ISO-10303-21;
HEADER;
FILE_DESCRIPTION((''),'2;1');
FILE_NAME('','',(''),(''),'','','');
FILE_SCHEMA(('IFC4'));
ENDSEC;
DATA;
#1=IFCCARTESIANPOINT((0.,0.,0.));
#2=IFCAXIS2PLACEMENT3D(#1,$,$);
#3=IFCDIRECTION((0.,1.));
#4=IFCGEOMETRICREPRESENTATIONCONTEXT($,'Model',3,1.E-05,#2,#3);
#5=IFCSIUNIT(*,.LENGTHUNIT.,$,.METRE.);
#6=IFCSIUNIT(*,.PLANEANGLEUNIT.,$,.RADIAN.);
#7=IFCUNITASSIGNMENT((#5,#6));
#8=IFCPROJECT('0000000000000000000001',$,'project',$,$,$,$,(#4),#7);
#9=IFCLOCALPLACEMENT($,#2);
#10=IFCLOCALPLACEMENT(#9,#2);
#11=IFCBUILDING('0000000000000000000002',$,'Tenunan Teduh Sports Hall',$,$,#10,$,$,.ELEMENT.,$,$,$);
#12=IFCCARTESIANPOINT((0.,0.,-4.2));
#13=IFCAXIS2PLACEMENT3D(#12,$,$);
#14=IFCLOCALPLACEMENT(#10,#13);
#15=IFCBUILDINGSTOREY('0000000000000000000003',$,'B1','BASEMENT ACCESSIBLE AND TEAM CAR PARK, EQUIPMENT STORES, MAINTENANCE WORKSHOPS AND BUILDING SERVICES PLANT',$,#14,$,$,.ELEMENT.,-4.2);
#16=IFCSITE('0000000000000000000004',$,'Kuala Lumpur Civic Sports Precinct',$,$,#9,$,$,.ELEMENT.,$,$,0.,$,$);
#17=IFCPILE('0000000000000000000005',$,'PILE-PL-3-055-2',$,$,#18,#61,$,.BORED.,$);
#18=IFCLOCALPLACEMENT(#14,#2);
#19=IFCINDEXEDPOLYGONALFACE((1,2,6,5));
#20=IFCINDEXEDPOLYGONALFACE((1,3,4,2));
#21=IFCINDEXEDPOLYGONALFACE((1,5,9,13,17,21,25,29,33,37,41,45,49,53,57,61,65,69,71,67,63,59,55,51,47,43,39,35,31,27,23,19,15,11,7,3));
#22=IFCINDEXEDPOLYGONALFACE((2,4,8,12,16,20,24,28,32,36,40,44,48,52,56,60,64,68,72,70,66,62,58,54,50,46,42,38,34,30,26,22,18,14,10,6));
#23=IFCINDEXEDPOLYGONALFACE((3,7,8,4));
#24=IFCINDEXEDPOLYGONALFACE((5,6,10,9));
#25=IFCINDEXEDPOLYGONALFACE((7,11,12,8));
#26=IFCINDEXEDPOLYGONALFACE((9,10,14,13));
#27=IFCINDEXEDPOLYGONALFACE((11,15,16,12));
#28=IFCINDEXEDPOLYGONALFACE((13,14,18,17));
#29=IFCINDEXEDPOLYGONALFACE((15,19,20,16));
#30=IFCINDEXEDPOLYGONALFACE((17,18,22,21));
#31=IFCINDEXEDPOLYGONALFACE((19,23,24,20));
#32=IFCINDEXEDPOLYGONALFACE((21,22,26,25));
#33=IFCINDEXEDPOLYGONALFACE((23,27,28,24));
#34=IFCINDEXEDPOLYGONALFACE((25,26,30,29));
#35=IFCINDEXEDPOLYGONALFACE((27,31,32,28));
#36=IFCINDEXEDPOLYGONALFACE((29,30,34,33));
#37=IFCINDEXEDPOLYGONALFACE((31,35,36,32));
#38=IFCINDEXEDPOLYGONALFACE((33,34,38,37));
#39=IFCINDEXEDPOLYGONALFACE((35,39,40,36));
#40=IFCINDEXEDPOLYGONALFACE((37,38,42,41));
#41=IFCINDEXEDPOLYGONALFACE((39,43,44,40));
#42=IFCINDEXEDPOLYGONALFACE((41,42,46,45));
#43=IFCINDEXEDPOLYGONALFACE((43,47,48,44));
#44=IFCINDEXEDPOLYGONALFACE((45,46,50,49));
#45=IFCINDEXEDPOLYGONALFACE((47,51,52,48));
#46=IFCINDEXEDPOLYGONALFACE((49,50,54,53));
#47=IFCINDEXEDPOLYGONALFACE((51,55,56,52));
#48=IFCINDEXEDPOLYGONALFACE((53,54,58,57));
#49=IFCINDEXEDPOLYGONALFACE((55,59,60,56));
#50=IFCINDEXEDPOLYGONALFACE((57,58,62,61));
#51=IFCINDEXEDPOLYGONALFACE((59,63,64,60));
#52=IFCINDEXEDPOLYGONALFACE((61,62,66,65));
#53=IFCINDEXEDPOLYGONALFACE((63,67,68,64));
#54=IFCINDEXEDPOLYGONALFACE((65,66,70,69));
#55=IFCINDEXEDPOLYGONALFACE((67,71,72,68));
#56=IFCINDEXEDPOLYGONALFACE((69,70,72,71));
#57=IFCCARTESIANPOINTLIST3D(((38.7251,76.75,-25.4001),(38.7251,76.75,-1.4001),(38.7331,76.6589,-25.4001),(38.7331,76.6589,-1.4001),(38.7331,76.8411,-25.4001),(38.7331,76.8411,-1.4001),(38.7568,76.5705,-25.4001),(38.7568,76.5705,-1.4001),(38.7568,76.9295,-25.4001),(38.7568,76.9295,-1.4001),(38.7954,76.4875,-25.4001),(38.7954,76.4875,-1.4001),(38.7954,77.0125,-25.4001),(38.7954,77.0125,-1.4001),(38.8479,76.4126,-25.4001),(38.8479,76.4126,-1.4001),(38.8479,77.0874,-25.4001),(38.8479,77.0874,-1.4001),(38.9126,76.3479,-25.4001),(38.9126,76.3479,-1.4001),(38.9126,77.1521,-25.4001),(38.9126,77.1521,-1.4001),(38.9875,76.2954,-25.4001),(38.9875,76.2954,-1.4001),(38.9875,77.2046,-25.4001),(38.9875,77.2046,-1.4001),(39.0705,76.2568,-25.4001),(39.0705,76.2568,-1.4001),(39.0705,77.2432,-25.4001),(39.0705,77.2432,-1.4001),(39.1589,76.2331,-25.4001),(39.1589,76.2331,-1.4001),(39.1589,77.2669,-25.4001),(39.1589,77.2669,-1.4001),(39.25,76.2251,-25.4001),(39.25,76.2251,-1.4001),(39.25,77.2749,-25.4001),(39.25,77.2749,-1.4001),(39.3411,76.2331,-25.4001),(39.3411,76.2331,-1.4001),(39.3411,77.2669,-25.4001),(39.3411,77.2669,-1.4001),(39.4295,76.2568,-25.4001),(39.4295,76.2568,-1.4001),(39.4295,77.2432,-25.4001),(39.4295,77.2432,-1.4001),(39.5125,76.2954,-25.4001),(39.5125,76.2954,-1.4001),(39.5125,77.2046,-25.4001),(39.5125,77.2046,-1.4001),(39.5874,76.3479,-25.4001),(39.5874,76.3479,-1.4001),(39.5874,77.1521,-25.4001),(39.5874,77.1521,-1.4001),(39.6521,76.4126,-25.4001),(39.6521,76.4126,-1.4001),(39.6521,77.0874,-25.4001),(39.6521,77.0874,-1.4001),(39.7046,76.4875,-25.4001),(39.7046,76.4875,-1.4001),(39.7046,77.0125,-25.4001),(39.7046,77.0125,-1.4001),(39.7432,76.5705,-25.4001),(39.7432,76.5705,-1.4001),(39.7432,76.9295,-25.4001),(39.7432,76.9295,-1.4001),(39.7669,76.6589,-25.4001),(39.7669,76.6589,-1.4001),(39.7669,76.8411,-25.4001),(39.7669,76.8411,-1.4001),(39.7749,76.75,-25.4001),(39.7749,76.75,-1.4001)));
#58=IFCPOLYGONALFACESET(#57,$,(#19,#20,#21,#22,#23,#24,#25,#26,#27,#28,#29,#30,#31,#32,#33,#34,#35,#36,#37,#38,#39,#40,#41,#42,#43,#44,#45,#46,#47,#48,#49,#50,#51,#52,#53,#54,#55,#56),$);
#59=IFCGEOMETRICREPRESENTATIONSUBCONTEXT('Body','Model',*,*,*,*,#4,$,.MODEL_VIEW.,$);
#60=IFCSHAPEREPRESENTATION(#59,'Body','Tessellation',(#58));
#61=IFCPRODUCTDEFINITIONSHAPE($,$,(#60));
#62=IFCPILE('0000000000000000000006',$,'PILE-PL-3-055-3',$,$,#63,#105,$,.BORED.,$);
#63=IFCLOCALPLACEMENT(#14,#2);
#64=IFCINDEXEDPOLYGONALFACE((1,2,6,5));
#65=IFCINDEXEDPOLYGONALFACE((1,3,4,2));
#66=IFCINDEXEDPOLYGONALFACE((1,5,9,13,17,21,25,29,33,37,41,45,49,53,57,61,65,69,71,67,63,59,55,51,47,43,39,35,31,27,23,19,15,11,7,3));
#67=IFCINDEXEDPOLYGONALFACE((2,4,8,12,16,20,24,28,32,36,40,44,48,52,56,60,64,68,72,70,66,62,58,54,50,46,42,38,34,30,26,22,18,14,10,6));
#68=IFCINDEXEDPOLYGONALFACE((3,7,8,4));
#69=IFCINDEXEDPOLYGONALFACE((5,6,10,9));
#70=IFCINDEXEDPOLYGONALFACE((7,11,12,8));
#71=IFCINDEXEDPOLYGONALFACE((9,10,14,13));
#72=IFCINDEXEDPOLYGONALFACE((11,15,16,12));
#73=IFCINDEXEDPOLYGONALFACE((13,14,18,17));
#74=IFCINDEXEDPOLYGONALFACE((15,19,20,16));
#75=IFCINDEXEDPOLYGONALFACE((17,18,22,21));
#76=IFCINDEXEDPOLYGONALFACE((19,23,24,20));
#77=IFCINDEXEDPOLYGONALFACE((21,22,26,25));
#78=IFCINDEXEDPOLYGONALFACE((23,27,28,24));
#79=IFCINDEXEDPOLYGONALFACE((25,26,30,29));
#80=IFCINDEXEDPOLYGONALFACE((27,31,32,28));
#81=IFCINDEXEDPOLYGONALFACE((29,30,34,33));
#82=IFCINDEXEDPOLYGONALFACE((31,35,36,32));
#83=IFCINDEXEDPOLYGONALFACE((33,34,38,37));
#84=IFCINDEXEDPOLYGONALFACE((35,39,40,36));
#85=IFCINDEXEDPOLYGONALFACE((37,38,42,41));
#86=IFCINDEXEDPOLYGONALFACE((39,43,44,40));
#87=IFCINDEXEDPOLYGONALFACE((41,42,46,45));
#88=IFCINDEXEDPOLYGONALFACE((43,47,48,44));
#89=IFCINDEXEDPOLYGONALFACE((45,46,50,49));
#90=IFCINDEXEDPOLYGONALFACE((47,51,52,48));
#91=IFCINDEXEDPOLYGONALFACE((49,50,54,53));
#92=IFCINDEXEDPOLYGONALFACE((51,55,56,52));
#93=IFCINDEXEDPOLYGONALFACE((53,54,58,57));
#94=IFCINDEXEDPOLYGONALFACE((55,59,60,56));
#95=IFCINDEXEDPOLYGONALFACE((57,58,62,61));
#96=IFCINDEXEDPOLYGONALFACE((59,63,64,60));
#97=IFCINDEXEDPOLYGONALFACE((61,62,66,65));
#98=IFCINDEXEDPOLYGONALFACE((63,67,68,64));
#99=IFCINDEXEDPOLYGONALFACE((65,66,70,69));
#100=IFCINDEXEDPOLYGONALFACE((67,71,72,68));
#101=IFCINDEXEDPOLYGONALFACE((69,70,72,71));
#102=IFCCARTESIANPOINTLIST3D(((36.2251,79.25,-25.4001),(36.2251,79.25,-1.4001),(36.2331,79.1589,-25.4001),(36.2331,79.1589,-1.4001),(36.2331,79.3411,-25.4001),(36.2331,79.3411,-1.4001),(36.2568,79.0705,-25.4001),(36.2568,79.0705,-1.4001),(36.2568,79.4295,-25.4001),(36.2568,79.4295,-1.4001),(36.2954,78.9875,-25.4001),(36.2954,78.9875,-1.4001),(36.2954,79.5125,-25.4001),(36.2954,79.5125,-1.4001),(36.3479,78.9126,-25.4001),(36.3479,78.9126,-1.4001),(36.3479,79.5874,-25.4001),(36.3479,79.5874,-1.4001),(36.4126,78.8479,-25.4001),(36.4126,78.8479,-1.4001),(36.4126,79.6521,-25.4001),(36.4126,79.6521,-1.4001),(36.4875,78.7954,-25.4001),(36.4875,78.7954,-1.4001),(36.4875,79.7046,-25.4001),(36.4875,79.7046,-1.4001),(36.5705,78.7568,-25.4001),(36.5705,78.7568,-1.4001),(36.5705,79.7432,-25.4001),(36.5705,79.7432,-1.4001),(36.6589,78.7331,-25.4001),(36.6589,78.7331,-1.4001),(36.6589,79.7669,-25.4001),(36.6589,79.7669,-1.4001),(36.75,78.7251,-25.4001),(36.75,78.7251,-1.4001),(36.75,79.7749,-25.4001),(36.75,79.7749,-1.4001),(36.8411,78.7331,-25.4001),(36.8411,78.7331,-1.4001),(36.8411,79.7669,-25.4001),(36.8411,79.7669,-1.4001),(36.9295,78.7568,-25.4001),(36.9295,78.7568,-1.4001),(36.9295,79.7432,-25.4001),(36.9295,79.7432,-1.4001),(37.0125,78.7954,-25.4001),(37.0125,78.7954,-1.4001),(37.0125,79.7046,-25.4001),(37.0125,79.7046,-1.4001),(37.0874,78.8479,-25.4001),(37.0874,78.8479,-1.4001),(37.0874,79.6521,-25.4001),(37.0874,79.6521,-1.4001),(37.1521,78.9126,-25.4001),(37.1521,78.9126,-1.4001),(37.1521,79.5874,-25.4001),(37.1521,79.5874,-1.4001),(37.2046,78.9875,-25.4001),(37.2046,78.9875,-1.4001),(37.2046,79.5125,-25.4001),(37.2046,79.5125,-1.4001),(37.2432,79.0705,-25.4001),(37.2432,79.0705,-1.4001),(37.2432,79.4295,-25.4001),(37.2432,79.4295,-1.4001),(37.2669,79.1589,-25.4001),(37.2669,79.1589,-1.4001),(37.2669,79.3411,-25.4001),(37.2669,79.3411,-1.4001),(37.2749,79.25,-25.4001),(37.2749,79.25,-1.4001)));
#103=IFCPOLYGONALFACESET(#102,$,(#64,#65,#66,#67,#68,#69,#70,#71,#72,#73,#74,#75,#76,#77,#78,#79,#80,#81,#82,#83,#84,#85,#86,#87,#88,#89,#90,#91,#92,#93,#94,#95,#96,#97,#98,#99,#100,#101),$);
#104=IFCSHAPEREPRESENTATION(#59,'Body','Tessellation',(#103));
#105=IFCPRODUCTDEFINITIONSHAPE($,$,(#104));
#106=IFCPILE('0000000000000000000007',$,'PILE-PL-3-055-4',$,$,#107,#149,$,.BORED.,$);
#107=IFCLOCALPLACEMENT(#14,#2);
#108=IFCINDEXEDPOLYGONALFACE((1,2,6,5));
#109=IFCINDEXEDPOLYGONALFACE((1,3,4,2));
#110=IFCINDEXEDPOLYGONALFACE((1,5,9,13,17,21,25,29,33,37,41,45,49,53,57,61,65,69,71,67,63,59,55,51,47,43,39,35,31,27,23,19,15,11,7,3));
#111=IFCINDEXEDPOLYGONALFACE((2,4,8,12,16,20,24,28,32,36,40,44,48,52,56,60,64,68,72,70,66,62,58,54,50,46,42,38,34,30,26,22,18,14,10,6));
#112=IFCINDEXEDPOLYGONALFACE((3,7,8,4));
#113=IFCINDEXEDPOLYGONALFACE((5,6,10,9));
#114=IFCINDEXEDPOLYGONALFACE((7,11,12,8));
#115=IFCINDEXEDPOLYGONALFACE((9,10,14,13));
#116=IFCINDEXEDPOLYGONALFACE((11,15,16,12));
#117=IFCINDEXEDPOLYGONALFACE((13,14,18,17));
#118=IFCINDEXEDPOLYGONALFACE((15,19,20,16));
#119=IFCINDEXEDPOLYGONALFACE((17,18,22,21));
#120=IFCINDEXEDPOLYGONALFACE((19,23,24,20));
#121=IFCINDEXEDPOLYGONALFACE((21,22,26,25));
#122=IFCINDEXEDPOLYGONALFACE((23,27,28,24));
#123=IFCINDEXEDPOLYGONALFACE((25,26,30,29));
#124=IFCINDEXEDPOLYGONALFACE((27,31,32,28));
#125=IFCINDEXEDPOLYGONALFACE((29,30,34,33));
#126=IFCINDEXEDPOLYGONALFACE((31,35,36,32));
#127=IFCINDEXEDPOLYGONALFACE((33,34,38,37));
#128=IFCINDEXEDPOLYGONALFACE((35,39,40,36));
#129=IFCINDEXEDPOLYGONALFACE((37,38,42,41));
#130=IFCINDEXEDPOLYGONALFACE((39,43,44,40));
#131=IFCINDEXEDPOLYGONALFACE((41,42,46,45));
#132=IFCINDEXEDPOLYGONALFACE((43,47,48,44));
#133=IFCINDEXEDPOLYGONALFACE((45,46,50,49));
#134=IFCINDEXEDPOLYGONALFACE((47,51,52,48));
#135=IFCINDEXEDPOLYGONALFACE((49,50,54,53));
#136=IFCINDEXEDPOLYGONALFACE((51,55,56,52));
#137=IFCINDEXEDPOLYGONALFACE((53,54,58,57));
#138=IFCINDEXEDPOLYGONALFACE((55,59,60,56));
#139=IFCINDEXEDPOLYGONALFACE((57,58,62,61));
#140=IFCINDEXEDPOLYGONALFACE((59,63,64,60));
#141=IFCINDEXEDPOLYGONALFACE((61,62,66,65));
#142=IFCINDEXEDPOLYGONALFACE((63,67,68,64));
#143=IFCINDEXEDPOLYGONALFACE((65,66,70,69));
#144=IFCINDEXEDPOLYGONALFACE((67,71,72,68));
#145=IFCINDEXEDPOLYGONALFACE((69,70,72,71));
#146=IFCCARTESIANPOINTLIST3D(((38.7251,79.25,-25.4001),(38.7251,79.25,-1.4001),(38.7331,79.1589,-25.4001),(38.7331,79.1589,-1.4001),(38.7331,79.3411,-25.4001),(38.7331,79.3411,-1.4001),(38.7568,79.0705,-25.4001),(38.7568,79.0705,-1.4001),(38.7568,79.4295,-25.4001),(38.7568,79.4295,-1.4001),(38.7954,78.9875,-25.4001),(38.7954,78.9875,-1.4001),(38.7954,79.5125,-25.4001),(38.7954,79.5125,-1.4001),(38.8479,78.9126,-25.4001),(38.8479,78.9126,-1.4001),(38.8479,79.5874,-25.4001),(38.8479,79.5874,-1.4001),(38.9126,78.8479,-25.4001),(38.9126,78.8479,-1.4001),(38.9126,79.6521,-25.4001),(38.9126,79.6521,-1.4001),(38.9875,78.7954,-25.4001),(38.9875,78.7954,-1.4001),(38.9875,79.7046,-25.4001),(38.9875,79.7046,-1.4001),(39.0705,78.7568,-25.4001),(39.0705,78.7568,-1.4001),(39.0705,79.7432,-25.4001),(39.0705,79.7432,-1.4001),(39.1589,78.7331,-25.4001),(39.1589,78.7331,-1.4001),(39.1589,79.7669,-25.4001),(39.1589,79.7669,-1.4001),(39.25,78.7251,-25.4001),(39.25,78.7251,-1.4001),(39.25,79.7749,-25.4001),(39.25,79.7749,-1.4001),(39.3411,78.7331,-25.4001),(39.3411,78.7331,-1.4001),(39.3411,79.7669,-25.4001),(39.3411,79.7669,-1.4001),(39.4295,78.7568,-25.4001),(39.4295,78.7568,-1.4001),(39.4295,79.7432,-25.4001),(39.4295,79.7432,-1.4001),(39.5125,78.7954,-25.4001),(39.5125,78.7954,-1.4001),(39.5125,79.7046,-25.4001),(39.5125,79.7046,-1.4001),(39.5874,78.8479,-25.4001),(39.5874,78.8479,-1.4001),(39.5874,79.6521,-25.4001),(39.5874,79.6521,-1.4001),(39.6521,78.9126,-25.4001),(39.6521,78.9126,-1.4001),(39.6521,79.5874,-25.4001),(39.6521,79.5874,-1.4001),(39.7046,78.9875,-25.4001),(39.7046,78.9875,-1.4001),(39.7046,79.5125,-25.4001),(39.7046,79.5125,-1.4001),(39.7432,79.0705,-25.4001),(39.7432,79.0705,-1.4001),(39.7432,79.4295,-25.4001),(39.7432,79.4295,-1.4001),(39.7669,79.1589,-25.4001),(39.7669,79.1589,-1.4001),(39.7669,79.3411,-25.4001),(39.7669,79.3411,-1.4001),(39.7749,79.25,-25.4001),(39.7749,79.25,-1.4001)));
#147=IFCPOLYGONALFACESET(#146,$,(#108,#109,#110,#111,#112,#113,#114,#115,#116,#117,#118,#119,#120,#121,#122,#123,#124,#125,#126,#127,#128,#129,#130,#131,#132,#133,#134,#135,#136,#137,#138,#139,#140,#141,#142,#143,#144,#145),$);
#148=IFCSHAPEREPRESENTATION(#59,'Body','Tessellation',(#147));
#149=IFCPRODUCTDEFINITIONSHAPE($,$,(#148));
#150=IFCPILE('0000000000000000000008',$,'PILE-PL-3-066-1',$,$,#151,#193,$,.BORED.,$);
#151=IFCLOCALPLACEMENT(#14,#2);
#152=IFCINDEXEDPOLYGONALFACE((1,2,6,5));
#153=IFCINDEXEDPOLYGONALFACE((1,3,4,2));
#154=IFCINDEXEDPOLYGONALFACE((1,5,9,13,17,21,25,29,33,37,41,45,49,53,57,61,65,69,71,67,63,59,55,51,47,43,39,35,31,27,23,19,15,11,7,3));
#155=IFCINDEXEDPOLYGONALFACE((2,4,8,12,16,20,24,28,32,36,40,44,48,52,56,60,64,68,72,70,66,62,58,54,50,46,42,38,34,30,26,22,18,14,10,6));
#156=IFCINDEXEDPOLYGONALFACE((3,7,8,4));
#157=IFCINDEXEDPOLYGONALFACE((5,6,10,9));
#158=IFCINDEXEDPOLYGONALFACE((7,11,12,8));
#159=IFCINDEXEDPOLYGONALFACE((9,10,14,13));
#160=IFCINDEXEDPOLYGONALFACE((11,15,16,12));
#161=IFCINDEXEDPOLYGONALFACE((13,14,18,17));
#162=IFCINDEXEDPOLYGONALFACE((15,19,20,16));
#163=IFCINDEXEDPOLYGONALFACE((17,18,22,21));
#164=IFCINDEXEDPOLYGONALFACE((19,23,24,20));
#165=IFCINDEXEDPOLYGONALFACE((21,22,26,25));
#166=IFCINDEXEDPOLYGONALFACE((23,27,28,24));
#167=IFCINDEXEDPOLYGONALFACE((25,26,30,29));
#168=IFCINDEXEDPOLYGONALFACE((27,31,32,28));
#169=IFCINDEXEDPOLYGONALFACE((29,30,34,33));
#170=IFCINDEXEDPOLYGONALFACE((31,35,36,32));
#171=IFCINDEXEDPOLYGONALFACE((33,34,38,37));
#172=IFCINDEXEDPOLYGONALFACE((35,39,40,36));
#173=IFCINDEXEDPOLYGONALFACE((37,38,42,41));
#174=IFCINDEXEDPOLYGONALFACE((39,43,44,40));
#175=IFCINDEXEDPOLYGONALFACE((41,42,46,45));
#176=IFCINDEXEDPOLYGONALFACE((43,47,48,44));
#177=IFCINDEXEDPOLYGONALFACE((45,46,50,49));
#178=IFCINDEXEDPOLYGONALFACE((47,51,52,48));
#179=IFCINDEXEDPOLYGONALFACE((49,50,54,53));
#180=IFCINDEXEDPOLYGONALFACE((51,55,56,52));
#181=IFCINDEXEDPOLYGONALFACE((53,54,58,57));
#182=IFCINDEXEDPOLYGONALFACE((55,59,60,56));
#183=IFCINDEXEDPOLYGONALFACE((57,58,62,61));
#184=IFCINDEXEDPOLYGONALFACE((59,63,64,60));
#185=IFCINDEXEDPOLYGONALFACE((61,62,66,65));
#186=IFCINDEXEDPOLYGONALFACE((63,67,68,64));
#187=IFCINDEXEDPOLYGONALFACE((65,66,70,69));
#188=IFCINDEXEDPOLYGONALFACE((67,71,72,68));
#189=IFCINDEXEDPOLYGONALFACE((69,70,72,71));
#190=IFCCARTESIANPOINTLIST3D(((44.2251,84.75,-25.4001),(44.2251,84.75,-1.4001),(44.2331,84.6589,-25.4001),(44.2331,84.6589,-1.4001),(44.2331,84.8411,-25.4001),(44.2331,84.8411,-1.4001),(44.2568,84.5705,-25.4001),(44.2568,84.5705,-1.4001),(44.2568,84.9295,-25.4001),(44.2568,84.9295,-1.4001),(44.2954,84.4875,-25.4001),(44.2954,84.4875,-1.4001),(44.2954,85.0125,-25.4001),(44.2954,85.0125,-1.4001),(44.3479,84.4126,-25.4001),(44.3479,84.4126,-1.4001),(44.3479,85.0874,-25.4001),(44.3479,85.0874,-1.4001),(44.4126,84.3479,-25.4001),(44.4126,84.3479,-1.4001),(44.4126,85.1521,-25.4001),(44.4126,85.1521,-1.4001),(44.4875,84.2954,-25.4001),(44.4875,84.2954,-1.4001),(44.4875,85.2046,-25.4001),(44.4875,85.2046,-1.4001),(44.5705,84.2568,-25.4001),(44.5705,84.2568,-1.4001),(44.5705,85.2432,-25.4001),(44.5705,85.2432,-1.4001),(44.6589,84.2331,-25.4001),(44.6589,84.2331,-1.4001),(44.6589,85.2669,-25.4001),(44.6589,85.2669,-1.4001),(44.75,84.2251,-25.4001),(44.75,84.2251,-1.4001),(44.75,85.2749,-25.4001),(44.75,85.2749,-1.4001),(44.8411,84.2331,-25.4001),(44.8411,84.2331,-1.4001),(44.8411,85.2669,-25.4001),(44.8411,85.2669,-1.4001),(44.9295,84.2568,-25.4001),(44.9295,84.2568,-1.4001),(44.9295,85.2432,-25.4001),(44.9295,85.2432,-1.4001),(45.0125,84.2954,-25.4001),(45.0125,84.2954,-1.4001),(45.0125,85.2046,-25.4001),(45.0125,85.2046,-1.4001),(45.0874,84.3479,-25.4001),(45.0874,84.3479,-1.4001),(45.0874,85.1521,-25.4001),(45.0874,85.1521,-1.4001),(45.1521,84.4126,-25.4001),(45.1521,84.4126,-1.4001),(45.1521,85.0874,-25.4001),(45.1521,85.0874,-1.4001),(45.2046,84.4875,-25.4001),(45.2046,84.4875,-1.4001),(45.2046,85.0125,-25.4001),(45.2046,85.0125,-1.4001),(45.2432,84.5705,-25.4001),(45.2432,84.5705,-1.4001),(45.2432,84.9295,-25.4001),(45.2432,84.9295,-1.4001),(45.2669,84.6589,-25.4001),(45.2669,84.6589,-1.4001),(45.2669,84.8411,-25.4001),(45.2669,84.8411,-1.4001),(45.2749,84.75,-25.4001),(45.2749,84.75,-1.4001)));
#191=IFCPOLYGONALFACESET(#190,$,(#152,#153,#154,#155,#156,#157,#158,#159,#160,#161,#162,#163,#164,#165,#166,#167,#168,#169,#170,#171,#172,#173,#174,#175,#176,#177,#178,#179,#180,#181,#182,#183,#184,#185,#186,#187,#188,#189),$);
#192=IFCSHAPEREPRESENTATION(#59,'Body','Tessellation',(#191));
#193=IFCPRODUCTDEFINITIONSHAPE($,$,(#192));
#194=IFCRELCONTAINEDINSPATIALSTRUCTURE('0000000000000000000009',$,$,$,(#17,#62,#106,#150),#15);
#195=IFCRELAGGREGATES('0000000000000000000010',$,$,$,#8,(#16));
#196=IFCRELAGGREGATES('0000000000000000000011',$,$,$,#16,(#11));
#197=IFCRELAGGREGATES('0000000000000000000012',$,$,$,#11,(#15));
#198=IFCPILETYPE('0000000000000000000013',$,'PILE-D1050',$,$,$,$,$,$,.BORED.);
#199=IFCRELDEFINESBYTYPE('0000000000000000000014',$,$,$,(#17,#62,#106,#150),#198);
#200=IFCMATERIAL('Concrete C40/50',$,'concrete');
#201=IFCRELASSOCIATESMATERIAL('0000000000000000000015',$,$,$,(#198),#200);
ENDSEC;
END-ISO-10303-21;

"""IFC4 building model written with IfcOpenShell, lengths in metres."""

from ifc_helpers import new_model, si_unit, direction, frame, origin, origin_2d, place, context, subcontext, project, spatial, circle, extrude, material, material_profile, profile_set, type_object, element, save


model = new_model("IFC4")

# Units and contexts
model_context = context("Model", 3, precision=1e-05, world=origin(), true_north=direction((0.0, 1.0)))
body_context = subcontext(model_context, "Body", "Model", "MODEL_VIEW")
ifc_project = project(units=[si_unit("LENGTHUNIT", "METRE"), si_unit("PLANEANGLEUNIT", "RADIAN")], contexts=[model_context])

# Site, building, storey
site_placement = place(None, origin())
site = spatial("IfcSite", under=ifc_project, at=site_placement, Name="Kuala Lumpur Civic Sports Precinct", CompositionType="ELEMENT", RefElevation=0.0)
building_placement = place(site_placement, origin())
building = spatial("IfcBuilding", under=site, at=building_placement, Name="Tenunan Teduh Sports Hall", CompositionType="ELEMENT")
storey_placement = place(building_placement, frame((0.0, 0.0, -4.2)))
storey = spatial("IfcBuildingStorey", under=building, at=storey_placement, Name="B1", Description="BASEMENT ACCESSIBLE AND TEAM CAR PARK, EQUIPMENT STORES, MAINTENANCE WORKSHOPS AND BUILDING SERVICES PLANT", CompositionType="ELEMENT", Elevation=-4.2)

# Piles
ifc_material_1 = material(Name="Concrete C40/50", Category="concrete")
ifc_material_profile_1 = material_profile(ifc_material_1, circle(Radius=0.5249, at=origin_2d()), Name="PILE D1050")
ifc_profile_set_1 = profile_set([ifc_material_profile_1], Name="Concrete C40/50")
pile_type_1 = type_object("IfcPileType", Name="PILE-D1050", PredefinedType="BORED", material=ifc_profile_set_1)
for number, where, z_axis, x_axis, name in (
    (1, (39.25, 76.75, -1.4001), (0.0, 0.0, -1.0), (1.0, 0.0, 0.0), "PILE-PL-3-055-2"),
    (2, (36.75, 79.25, -1.4001), (0.0, 0.0, -1.0), (1.0, 0.0, 0.0), "PILE-PL-3-055-3"),
    (3, (39.25, 79.25, -1.4001), (0.0, 0.0, -1.0), (1.0, 0.0, 0.0), "PILE-PL-3-055-4"),
    (4, (44.75, 84.75, -1.4001), (0.0, 0.0, -1.0), (1.0, 0.0, 0.0), "PILE-PL-3-066-1"),
):
    element("IfcPile", number, at=place(storey_placement, frame(where, z_axis=z_axis, x_axis=x_axis)), inside=storey, type_object=pile_type_1, Name=name, PredefinedType="BORED", context=body_context, shape_type="SweptSolid", body=[
        extrude(circle(Radius=0.5249, at=origin_2d()), origin(), (0.0, 0.0, 1.0), 24.0),
    ])

save(model, "model.ifc")
